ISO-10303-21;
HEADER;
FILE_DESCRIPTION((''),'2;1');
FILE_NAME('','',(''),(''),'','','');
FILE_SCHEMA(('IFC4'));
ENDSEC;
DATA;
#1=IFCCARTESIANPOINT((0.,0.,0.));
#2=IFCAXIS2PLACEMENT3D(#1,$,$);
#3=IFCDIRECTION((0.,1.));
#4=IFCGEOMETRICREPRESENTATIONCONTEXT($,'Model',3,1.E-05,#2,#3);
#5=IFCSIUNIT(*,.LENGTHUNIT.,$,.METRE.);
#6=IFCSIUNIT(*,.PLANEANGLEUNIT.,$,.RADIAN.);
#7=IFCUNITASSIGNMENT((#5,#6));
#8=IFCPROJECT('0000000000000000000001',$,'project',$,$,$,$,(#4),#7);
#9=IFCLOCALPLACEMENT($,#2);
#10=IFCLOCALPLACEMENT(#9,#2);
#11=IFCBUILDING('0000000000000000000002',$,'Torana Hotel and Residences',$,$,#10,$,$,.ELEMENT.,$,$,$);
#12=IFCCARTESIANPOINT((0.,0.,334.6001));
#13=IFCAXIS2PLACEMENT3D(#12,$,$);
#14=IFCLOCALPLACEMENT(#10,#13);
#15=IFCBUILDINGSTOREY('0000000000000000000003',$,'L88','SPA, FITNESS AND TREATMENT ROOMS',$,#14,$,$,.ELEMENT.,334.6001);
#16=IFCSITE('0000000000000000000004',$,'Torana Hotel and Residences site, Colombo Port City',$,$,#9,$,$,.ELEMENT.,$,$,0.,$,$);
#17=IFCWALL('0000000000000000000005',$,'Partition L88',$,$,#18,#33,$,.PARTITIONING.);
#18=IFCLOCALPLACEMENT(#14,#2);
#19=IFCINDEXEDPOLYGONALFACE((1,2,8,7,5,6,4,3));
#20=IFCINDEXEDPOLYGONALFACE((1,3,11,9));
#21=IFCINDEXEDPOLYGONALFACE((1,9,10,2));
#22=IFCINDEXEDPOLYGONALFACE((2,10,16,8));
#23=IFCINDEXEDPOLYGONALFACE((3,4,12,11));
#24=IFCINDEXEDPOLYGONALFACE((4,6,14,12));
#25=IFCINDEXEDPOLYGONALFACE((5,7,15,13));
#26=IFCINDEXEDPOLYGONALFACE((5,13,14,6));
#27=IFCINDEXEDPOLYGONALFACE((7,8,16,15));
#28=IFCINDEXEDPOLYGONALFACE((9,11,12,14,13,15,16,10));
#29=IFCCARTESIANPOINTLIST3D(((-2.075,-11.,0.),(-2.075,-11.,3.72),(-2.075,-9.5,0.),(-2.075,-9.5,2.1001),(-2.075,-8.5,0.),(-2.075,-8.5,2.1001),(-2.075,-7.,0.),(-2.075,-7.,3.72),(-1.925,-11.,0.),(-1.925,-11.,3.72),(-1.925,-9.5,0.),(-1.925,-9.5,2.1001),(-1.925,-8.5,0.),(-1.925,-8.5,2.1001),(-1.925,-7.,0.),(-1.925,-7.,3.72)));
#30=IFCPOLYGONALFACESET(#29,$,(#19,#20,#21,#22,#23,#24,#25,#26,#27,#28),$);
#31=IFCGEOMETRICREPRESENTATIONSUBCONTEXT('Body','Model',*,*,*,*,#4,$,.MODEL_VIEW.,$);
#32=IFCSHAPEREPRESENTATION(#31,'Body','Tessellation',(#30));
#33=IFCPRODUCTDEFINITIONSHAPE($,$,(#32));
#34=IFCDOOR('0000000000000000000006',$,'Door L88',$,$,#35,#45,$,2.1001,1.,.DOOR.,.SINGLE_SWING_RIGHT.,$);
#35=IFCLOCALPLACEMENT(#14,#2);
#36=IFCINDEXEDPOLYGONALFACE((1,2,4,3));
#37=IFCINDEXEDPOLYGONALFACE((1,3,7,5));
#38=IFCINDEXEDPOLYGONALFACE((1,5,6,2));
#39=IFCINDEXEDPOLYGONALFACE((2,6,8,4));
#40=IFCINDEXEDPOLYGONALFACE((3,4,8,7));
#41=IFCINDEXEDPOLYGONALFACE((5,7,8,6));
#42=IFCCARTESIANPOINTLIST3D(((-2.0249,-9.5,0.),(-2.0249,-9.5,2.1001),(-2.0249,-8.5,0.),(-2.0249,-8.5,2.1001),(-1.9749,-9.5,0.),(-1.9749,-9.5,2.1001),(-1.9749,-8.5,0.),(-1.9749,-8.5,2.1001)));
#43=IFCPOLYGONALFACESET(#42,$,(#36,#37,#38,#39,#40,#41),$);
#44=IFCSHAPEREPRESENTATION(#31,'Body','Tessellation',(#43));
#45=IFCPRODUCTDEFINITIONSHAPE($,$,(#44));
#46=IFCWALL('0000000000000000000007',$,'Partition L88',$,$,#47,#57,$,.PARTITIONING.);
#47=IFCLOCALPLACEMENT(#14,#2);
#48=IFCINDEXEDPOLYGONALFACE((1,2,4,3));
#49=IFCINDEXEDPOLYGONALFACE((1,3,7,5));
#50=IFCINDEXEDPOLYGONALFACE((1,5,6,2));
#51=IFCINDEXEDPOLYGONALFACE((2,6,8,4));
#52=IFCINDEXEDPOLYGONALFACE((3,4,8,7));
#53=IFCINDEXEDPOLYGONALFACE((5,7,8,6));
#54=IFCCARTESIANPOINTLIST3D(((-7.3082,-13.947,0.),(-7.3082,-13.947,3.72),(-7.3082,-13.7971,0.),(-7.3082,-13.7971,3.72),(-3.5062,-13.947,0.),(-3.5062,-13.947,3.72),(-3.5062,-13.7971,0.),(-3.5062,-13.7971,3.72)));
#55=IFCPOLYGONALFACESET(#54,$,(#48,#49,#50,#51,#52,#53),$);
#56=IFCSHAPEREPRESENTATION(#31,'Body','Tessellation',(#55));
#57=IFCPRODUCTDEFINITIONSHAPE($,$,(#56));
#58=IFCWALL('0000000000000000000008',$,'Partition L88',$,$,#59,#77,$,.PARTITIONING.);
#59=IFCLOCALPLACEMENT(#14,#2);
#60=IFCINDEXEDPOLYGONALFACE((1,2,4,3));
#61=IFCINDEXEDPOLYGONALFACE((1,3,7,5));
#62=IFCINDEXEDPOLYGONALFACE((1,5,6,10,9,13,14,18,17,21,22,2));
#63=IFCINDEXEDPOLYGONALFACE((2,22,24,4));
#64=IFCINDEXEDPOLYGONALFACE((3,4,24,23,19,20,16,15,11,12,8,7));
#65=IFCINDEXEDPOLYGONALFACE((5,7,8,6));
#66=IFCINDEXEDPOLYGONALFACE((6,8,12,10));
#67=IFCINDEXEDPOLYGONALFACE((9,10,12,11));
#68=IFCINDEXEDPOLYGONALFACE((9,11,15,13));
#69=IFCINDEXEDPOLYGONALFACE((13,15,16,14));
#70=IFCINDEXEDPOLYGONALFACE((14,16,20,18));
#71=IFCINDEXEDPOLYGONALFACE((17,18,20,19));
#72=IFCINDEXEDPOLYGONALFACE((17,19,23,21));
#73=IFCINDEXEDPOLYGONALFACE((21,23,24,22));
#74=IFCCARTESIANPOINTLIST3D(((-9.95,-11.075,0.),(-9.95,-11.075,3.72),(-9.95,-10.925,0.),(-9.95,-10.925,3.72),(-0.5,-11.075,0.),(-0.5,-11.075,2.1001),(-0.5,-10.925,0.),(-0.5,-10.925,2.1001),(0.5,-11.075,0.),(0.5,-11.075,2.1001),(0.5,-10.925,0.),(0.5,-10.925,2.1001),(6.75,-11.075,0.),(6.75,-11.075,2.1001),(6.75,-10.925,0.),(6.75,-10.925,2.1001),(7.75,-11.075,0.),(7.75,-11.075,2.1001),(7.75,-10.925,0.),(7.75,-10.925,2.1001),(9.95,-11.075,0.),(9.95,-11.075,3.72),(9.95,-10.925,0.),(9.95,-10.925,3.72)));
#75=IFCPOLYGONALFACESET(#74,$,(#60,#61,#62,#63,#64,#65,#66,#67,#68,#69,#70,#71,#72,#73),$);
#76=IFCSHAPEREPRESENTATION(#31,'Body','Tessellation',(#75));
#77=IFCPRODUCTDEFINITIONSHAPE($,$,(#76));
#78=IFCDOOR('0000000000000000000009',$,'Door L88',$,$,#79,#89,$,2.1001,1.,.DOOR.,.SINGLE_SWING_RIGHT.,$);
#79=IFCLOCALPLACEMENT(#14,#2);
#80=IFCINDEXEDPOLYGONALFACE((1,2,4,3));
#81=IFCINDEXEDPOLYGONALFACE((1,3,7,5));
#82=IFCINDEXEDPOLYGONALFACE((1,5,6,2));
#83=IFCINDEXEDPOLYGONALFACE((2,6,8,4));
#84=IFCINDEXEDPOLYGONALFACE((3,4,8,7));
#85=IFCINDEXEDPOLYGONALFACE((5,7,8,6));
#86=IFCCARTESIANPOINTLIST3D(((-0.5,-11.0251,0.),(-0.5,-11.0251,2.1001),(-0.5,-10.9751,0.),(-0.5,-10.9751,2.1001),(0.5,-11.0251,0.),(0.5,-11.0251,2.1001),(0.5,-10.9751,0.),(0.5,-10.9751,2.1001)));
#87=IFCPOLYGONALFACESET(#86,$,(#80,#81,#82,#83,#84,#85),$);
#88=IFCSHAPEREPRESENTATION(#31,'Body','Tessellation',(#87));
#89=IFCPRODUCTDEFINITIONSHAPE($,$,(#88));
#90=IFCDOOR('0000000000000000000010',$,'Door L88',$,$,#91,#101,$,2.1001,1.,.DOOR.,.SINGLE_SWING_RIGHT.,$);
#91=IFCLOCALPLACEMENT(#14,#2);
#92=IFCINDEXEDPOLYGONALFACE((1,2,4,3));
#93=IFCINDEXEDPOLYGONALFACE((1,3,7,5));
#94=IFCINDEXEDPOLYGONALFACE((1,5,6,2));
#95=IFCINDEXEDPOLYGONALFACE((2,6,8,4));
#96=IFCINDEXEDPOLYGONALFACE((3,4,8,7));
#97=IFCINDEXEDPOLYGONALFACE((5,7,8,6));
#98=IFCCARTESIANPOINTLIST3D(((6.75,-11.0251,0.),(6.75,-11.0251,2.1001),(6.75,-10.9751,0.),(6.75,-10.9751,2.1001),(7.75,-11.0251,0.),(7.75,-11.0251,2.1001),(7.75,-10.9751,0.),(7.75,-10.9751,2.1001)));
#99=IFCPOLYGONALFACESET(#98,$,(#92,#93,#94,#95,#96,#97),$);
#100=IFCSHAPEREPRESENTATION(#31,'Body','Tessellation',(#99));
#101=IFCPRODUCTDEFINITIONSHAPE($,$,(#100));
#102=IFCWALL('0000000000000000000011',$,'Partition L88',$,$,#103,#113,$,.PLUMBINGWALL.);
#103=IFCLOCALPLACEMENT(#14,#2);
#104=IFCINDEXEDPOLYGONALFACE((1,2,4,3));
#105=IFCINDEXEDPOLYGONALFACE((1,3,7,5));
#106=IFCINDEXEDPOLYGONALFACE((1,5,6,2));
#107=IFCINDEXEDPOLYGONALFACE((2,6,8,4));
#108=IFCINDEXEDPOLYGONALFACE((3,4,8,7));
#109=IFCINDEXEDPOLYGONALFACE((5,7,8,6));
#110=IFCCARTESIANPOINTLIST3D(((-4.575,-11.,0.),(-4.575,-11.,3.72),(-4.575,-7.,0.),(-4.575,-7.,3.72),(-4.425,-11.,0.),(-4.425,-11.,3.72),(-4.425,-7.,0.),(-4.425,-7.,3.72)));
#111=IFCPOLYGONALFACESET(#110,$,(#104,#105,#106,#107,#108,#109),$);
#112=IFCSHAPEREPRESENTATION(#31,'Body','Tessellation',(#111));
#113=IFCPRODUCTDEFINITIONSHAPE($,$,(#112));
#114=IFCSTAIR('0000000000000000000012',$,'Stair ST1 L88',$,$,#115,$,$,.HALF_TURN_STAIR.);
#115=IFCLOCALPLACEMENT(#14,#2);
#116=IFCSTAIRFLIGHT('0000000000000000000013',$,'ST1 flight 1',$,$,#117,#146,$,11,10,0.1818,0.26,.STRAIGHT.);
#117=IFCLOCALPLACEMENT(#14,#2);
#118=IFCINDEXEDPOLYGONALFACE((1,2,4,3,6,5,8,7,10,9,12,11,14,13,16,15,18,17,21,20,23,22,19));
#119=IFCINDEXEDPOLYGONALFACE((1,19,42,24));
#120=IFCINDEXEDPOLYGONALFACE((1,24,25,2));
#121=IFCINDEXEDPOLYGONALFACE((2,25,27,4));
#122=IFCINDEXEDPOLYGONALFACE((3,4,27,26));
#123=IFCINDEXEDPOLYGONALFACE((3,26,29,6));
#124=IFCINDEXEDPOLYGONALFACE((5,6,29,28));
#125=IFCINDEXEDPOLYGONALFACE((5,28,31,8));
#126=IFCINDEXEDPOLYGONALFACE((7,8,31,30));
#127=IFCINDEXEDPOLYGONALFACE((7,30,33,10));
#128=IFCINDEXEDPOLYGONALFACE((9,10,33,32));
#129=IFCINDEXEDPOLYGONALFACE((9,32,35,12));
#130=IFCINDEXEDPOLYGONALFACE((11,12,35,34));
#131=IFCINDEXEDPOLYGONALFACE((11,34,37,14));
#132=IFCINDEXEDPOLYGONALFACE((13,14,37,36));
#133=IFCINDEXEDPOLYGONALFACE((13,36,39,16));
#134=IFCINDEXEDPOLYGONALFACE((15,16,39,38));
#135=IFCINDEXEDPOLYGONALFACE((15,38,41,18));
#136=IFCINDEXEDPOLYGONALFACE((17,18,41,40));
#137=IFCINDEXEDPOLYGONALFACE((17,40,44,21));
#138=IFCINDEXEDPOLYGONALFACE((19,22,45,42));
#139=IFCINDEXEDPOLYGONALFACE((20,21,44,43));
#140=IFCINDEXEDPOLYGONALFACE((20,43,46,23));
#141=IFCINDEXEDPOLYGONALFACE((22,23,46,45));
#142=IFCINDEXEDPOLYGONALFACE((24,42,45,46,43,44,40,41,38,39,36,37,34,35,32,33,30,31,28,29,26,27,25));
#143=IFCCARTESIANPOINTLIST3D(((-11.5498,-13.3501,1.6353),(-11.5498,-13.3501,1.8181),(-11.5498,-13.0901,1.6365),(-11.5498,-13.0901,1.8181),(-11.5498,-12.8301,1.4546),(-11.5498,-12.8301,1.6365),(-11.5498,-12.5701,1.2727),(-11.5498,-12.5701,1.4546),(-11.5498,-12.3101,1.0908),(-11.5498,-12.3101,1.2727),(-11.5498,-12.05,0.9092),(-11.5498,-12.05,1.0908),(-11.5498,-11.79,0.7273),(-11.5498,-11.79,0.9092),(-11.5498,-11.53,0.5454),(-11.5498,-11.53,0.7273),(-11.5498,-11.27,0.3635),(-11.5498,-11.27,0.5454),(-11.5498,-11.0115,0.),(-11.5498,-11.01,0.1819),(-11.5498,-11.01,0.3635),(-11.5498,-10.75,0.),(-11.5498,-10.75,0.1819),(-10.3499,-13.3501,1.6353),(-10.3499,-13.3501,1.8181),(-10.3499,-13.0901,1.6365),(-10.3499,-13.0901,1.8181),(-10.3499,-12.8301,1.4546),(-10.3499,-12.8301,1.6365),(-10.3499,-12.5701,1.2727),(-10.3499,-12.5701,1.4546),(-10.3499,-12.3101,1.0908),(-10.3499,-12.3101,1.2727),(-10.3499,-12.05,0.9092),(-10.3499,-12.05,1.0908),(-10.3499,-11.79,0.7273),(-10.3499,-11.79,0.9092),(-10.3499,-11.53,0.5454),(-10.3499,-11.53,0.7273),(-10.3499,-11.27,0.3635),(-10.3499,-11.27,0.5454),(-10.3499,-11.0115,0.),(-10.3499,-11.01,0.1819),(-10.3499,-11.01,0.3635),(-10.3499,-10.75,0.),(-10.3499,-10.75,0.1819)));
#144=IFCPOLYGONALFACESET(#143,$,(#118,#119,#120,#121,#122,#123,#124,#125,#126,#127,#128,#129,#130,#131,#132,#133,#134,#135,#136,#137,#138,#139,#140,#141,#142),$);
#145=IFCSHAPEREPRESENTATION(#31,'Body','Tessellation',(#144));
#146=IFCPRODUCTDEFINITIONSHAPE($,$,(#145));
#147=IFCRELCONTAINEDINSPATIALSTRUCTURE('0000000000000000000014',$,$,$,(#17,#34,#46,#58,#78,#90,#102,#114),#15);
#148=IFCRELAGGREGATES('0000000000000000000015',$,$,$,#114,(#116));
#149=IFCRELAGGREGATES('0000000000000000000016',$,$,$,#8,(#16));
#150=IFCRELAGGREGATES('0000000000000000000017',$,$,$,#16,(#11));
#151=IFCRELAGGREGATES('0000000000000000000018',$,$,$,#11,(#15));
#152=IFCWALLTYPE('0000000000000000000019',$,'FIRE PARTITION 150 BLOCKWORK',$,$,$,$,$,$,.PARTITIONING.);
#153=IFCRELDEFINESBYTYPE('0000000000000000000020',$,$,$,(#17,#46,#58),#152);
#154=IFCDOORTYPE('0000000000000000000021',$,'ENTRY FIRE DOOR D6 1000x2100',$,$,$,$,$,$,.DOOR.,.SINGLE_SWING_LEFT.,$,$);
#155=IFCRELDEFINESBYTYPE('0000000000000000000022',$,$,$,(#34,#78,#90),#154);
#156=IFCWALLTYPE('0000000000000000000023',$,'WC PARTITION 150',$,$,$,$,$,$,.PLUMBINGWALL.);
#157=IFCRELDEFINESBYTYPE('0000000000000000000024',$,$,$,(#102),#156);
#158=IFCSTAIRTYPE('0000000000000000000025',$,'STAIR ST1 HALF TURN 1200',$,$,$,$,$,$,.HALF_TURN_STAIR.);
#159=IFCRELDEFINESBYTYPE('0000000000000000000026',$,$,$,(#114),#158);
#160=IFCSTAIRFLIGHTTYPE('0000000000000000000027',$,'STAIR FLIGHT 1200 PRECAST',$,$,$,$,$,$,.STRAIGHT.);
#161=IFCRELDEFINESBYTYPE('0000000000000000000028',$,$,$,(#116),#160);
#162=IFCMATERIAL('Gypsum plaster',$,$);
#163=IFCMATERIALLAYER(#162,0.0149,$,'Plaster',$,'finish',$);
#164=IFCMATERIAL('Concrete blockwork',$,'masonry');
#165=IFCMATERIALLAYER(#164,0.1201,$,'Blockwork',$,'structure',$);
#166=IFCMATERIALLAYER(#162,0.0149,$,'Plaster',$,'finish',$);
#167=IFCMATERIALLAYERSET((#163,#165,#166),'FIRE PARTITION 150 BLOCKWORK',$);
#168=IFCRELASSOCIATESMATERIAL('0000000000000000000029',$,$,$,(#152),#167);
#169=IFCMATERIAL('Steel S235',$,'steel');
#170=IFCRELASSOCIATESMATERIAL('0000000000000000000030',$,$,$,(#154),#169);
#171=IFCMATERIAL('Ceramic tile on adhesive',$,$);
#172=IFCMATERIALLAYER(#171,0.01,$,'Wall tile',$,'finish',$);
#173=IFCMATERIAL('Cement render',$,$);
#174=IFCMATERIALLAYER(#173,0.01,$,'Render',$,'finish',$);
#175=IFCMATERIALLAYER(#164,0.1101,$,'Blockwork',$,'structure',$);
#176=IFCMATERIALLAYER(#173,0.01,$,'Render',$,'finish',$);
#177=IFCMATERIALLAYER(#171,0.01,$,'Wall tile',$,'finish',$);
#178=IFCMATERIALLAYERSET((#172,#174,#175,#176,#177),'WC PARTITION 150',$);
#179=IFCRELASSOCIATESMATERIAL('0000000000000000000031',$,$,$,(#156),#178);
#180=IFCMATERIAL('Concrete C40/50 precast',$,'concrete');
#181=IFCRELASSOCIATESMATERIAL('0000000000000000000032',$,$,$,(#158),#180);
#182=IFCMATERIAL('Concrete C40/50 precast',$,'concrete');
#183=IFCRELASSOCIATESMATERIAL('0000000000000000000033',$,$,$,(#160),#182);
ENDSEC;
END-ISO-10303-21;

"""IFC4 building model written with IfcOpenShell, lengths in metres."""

from ifc_helpers import new_model, si_unit, direction, frame, frame_2d, origin, place, context, subcontext, project, spatial, polyline, rectangle, outline, extrude, material, layer, layer_set, type_object, element, fill, aggregate, save


model = new_model("IFC4")

# Units and contexts
model_context = context("Model", 3, precision=1e-05, world=origin(), true_north=direction((0.0, 1.0)))
body_context = subcontext(model_context, "Body", "Model", "MODEL_VIEW")
ifc_project = project(units=[si_unit("LENGTHUNIT", "METRE"), si_unit("PLANEANGLEUNIT", "RADIAN")], contexts=[model_context])

# Site, building, storey
site_placement = place(None, origin())
site = spatial("IfcSite", under=ifc_project, at=site_placement, Name="Torana Hotel and Residences site, Colombo Port City", CompositionType="ELEMENT", RefElevation=0.0)
building_placement = place(site_placement, origin())
building = spatial("IfcBuilding", under=site, at=building_placement, Name="Torana Hotel and Residences", CompositionType="ELEMENT")
storey_placement = place(building_placement, frame((0.0, 0.0, 334.6001)))
storey = spatial("IfcBuildingStorey", under=building, at=storey_placement, Name="L88", Description="SPA, FITNESS AND TREATMENT ROOMS", CompositionType="ELEMENT", Elevation=334.6001)

# Wall, opening, door
ifc_material_1 = material(Name="Gypsum plaster")
ifc_layer_1 = layer(ifc_material_1, 0.0149, Name="Plaster", Category="finish")
ifc_material_2 = material(Name="Concrete blockwork", Category="masonry")
ifc_layer_2 = layer(ifc_material_2, 0.1201, Name="Blockwork", Category="structure")
ifc_layer_3 = layer(ifc_material_1, 0.0149, Name="Plaster", Category="finish")
ifc_layer_set_1 = layer_set([ifc_layer_1, ifc_layer_2, ifc_layer_3], Name="FIRE PARTITION 150 BLOCKWORK")
wall_type_1 = type_object("IfcWallType", Name="FIRE PARTITION 150 BLOCKWORK", PredefinedType="PARTITIONING", material=ifc_layer_set_1)
wall_1_placement = place(storey_placement, frame((-2.0, -11.0, 0.0), z_axis=(0.0, 0.0, 1.0), x_axis=(0.0, 1.0, 0.0)))
wall_1 = element("IfcWall", 1, at=wall_1_placement, inside=storey, type_object=wall_type_1, Name="Partition L88", PredefinedType="PARTITIONING", context=body_context, shape_type="SweptSolid", body=[
    extrude(rectangle(XDim=4.0, YDim=0.1499, at=frame_2d((2.0, 0.0))), origin(), (0.0, 0.0, 1.0), 3.72),
])
opening_1_placement = place(wall_1_placement, frame((1.5, 0.0, 0.0)))
opening_1 = element("IfcOpeningElement", 2, at=opening_1_placement, cuts=wall_1, PredefinedType="OPENING", context=body_context, shape_type="SweptSolid", body=[
    extrude(rectangle(XDim=1.0, YDim=2.1001, at=frame_2d((0.5, 1.05))), frame((0.0, 0.085, 0.0), z_axis=(0.0, -1.0, 0.0), x_axis=(1.0, 0.0, 0.0)), (0.0, 0.0, 1.0), 0.1699),
])
ifc_material_3 = material(Name="Steel S235", Category="steel")
door_type_1 = type_object("IfcDoorType", Name="ENTRY FIRE DOOR D6 1000x2100", OperationType="SINGLE_SWING_LEFT", PredefinedType="DOOR", material=ifc_material_3)
door_1_placement = place(opening_1_placement, origin())
door_1 = element("IfcDoor", 3, at=door_1_placement, inside=storey, type_object=door_type_1, Name="Door L88", OperationType="SINGLE_SWING_RIGHT", OverallHeight=2.1001, OverallWidth=1.0, PredefinedType="DOOR", context=body_context, shape_type="SweptSolid", body=[
    extrude(rectangle(XDim=1.0, YDim=2.1001, at=frame_2d((0.5, 1.05))), frame((0.0, 0.0249, 0.0), z_axis=(0.0, -1.0, 0.0), x_axis=(1.0, 0.0, 0.0)), (0.0, 0.0, 1.0), 0.05),
])
fill(opening_1, door_1)

# Wall
wall_2_placement = place(storey_placement, frame((-7.3081, -13.8721, 0.0), z_axis=(0.0, 0.0, 1.0), x_axis=(1.0, 0.0, 0.0)))
element("IfcWall", 4, at=wall_2_placement, inside=storey, type_object=wall_type_1, Name="Partition L88", PredefinedType="PARTITIONING", context=body_context, shape_type="SweptSolid", body=[
    extrude(rectangle(XDim=3.802, YDim=0.1499, at=frame_2d((1.9009, 0.0))), origin(), (0.0, 0.0, 1.0), 3.72),
])

# Wall, openings, doors
wall_3_placement = place(storey_placement, frame((-9.95, -11.0, 0.0), z_axis=(0.0, 0.0, 1.0), x_axis=(1.0, 0.0, 0.0)))
wall_3 = element("IfcWall", 5, at=wall_3_placement, inside=storey, type_object=wall_type_1, Name="Partition L88", PredefinedType="PARTITIONING", context=body_context, shape_type="SweptSolid", body=[
    extrude(rectangle(XDim=19.8999, YDim=0.1499, at=frame_2d((9.95, 0.0))), origin(), (0.0, 0.0, 1.0), 3.72),
])
opening_2_placement = place(wall_3_placement, frame((9.45, 0.0, 0.0)))
opening_2 = element("IfcOpeningElement", 6, at=opening_2_placement, cuts=wall_3, PredefinedType="OPENING", context=body_context, shape_type="SweptSolid", body=[
    extrude(rectangle(XDim=1.0, YDim=2.1001, at=frame_2d((0.5, 1.05))), frame((0.0, 0.085, 0.0), z_axis=(0.0, -1.0, 0.0), x_axis=(1.0, 0.0, 0.0)), (0.0, 0.0, 1.0), 0.1699),
])
opening_3_placement = place(wall_3_placement, frame((16.7, 0.0, 0.0)))
opening_3 = element("IfcOpeningElement", 7, at=opening_3_placement, cuts=wall_3, PredefinedType="OPENING", context=body_context, shape_type="SweptSolid", body=[
    extrude(rectangle(XDim=1.0, YDim=2.1001, at=frame_2d((0.5, 1.05))), frame((0.0, 0.085, 0.0), z_axis=(0.0, -1.0, 0.0), x_axis=(1.0, 0.0, 0.0)), (0.0, 0.0, 1.0), 0.1699),
])
door_2_placement = place(opening_2_placement, origin())
door_2 = element("IfcDoor", 8, at=door_2_placement, inside=storey, type_object=door_type_1, Name="Door L88", OperationType="SINGLE_SWING_RIGHT", OverallHeight=2.1001, OverallWidth=1.0, PredefinedType="DOOR", context=body_context, shape_type="SweptSolid", body=[
    extrude(rectangle(XDim=1.0, YDim=2.1001, at=frame_2d((0.5, 1.05))), frame((0.0, 0.0249, 0.0), z_axis=(0.0, -1.0, 0.0), x_axis=(1.0, 0.0, 0.0)), (0.0, 0.0, 1.0), 0.05),
])
fill(opening_2, door_2)
door_3_placement = place(opening_3_placement, origin())
door_3 = element("IfcDoor", 9, at=door_3_placement, inside=storey, type_object=door_type_1, Name="Door L88", OperationType="SINGLE_SWING_RIGHT", OverallHeight=2.1001, OverallWidth=1.0, PredefinedType="DOOR", context=body_context, shape_type="SweptSolid", body=[
    extrude(rectangle(XDim=1.0, YDim=2.1001, at=frame_2d((0.5, 1.05))), frame((0.0, 0.0249, 0.0), z_axis=(0.0, -1.0, 0.0), x_axis=(1.0, 0.0, 0.0)), (0.0, 0.0, 1.0), 0.05),
])
fill(opening_3, door_3)

# Wall
ifc_material_4 = material(Name="Ceramic tile on adhesive")
ifc_layer_4 = layer(ifc_material_4, 0.01, Name="Wall tile", Category="finish")
ifc_material_5 = material(Name="Cement render")
ifc_layer_5 = layer(ifc_material_5, 0.01, Name="Render", Category="finish")
ifc_layer_6 = layer(ifc_material_2, 0.1101, Name="Blockwork", Category="structure")
ifc_layer_7 = layer(ifc_material_5, 0.01, Name="Render", Category="finish")
ifc_layer_8 = layer(ifc_material_4, 0.01, Name="Wall tile", Category="finish")
ifc_layer_set_2 = layer_set([ifc_layer_4, ifc_layer_5, ifc_layer_6, ifc_layer_7, ifc_layer_8], Name="WC PARTITION 150")
wall_type_2 = type_object("IfcWallType", Name="WC PARTITION 150", PredefinedType="PLUMBINGWALL", material=ifc_layer_set_2)
wall_4_placement = place(storey_placement, frame((-4.5, -11.0, 0.0), z_axis=(0.0, 0.0, 1.0), x_axis=(0.0, 1.0, 0.0)))
element("IfcWall", 10, at=wall_4_placement, inside=storey, type_object=wall_type_2, Name="Partition L88", PredefinedType="PLUMBINGWALL", context=body_context, shape_type="SweptSolid", body=[
    extrude(rectangle(XDim=4.0, YDim=0.1499, at=frame_2d((2.0, 0.0))), origin(), (0.0, 0.0, 1.0), 3.72),
])

# Stair, stair flight
ifc_material_6 = material(Name="Concrete C40/50 precast", Category="concrete")
stair_type = type_object("IfcStairType", Name="STAIR ST1 HALF TURN 1200", PredefinedType="HALF_TURN_STAIR", material=ifc_material_6)
stair_placement = place(storey_placement, origin())
stair = element("IfcStair", 11, at=stair_placement, inside=storey, type_object=stair_type, Name="Stair ST1 L88", PredefinedType="HALF_TURN_STAIR")
ifc_material_7 = material(Name="Concrete C40/50 precast", Category="concrete")
stair_flight_type = type_object("IfcStairFlightType", Name="STAIR FLIGHT 1200 PRECAST", PredefinedType="STRAIGHT", material=ifc_material_7)
stair_flight_1_placement = place(storey_placement, frame((-10.95, -10.75, 0.0), z_axis=(0.0, 0.0, 1.0), x_axis=(0.0, -1.0, 0.0)))
stair_flight_1 = element("IfcStairFlight", 12, at=stair_flight_1_placement, type_object=stair_flight_type, Name="ST1 flight 1", NumberOfRisers=11, NumberOfTreads=10, PredefinedType="STRAIGHT", RiserHeight=0.1818, TreadLength=0.26, context=body_context, shape_type="SweptSolid", body=[
    extrude(outline(polyline([(0.0, 0.0), (0.0, 0.1819), (0.26, 0.1819), (0.26, 0.3635), (0.52, 0.3635), (0.52, 0.5454), (0.78, 0.5454), (0.78, 0.7273), (1.04, 0.7273), (1.04, 0.9092), (1.3, 0.9092), (1.3, 1.0908), (1.5601, 1.0908), (1.5601, 1.2727), (1.8201, 1.2727), (1.8201, 1.4546), (2.0801, 1.4546), (2.0801, 1.6365), (2.3401, 1.6365), (2.3401, 1.8181), (2.6001, 1.8181), (2.6001, 2.0), (2.6001, 1.6353), (0.2615, 0.0), (0.0, 0.0)])), frame((0.0, 0.6001, 0.0), z_axis=(0.0, -1.0, 0.0), x_axis=(1.0, 0.0, 0.0)), (0.0, 0.0, 1.0), 1.2),
])
aggregate(stair, [stair_flight_1])

save(model, "model.ifc")
